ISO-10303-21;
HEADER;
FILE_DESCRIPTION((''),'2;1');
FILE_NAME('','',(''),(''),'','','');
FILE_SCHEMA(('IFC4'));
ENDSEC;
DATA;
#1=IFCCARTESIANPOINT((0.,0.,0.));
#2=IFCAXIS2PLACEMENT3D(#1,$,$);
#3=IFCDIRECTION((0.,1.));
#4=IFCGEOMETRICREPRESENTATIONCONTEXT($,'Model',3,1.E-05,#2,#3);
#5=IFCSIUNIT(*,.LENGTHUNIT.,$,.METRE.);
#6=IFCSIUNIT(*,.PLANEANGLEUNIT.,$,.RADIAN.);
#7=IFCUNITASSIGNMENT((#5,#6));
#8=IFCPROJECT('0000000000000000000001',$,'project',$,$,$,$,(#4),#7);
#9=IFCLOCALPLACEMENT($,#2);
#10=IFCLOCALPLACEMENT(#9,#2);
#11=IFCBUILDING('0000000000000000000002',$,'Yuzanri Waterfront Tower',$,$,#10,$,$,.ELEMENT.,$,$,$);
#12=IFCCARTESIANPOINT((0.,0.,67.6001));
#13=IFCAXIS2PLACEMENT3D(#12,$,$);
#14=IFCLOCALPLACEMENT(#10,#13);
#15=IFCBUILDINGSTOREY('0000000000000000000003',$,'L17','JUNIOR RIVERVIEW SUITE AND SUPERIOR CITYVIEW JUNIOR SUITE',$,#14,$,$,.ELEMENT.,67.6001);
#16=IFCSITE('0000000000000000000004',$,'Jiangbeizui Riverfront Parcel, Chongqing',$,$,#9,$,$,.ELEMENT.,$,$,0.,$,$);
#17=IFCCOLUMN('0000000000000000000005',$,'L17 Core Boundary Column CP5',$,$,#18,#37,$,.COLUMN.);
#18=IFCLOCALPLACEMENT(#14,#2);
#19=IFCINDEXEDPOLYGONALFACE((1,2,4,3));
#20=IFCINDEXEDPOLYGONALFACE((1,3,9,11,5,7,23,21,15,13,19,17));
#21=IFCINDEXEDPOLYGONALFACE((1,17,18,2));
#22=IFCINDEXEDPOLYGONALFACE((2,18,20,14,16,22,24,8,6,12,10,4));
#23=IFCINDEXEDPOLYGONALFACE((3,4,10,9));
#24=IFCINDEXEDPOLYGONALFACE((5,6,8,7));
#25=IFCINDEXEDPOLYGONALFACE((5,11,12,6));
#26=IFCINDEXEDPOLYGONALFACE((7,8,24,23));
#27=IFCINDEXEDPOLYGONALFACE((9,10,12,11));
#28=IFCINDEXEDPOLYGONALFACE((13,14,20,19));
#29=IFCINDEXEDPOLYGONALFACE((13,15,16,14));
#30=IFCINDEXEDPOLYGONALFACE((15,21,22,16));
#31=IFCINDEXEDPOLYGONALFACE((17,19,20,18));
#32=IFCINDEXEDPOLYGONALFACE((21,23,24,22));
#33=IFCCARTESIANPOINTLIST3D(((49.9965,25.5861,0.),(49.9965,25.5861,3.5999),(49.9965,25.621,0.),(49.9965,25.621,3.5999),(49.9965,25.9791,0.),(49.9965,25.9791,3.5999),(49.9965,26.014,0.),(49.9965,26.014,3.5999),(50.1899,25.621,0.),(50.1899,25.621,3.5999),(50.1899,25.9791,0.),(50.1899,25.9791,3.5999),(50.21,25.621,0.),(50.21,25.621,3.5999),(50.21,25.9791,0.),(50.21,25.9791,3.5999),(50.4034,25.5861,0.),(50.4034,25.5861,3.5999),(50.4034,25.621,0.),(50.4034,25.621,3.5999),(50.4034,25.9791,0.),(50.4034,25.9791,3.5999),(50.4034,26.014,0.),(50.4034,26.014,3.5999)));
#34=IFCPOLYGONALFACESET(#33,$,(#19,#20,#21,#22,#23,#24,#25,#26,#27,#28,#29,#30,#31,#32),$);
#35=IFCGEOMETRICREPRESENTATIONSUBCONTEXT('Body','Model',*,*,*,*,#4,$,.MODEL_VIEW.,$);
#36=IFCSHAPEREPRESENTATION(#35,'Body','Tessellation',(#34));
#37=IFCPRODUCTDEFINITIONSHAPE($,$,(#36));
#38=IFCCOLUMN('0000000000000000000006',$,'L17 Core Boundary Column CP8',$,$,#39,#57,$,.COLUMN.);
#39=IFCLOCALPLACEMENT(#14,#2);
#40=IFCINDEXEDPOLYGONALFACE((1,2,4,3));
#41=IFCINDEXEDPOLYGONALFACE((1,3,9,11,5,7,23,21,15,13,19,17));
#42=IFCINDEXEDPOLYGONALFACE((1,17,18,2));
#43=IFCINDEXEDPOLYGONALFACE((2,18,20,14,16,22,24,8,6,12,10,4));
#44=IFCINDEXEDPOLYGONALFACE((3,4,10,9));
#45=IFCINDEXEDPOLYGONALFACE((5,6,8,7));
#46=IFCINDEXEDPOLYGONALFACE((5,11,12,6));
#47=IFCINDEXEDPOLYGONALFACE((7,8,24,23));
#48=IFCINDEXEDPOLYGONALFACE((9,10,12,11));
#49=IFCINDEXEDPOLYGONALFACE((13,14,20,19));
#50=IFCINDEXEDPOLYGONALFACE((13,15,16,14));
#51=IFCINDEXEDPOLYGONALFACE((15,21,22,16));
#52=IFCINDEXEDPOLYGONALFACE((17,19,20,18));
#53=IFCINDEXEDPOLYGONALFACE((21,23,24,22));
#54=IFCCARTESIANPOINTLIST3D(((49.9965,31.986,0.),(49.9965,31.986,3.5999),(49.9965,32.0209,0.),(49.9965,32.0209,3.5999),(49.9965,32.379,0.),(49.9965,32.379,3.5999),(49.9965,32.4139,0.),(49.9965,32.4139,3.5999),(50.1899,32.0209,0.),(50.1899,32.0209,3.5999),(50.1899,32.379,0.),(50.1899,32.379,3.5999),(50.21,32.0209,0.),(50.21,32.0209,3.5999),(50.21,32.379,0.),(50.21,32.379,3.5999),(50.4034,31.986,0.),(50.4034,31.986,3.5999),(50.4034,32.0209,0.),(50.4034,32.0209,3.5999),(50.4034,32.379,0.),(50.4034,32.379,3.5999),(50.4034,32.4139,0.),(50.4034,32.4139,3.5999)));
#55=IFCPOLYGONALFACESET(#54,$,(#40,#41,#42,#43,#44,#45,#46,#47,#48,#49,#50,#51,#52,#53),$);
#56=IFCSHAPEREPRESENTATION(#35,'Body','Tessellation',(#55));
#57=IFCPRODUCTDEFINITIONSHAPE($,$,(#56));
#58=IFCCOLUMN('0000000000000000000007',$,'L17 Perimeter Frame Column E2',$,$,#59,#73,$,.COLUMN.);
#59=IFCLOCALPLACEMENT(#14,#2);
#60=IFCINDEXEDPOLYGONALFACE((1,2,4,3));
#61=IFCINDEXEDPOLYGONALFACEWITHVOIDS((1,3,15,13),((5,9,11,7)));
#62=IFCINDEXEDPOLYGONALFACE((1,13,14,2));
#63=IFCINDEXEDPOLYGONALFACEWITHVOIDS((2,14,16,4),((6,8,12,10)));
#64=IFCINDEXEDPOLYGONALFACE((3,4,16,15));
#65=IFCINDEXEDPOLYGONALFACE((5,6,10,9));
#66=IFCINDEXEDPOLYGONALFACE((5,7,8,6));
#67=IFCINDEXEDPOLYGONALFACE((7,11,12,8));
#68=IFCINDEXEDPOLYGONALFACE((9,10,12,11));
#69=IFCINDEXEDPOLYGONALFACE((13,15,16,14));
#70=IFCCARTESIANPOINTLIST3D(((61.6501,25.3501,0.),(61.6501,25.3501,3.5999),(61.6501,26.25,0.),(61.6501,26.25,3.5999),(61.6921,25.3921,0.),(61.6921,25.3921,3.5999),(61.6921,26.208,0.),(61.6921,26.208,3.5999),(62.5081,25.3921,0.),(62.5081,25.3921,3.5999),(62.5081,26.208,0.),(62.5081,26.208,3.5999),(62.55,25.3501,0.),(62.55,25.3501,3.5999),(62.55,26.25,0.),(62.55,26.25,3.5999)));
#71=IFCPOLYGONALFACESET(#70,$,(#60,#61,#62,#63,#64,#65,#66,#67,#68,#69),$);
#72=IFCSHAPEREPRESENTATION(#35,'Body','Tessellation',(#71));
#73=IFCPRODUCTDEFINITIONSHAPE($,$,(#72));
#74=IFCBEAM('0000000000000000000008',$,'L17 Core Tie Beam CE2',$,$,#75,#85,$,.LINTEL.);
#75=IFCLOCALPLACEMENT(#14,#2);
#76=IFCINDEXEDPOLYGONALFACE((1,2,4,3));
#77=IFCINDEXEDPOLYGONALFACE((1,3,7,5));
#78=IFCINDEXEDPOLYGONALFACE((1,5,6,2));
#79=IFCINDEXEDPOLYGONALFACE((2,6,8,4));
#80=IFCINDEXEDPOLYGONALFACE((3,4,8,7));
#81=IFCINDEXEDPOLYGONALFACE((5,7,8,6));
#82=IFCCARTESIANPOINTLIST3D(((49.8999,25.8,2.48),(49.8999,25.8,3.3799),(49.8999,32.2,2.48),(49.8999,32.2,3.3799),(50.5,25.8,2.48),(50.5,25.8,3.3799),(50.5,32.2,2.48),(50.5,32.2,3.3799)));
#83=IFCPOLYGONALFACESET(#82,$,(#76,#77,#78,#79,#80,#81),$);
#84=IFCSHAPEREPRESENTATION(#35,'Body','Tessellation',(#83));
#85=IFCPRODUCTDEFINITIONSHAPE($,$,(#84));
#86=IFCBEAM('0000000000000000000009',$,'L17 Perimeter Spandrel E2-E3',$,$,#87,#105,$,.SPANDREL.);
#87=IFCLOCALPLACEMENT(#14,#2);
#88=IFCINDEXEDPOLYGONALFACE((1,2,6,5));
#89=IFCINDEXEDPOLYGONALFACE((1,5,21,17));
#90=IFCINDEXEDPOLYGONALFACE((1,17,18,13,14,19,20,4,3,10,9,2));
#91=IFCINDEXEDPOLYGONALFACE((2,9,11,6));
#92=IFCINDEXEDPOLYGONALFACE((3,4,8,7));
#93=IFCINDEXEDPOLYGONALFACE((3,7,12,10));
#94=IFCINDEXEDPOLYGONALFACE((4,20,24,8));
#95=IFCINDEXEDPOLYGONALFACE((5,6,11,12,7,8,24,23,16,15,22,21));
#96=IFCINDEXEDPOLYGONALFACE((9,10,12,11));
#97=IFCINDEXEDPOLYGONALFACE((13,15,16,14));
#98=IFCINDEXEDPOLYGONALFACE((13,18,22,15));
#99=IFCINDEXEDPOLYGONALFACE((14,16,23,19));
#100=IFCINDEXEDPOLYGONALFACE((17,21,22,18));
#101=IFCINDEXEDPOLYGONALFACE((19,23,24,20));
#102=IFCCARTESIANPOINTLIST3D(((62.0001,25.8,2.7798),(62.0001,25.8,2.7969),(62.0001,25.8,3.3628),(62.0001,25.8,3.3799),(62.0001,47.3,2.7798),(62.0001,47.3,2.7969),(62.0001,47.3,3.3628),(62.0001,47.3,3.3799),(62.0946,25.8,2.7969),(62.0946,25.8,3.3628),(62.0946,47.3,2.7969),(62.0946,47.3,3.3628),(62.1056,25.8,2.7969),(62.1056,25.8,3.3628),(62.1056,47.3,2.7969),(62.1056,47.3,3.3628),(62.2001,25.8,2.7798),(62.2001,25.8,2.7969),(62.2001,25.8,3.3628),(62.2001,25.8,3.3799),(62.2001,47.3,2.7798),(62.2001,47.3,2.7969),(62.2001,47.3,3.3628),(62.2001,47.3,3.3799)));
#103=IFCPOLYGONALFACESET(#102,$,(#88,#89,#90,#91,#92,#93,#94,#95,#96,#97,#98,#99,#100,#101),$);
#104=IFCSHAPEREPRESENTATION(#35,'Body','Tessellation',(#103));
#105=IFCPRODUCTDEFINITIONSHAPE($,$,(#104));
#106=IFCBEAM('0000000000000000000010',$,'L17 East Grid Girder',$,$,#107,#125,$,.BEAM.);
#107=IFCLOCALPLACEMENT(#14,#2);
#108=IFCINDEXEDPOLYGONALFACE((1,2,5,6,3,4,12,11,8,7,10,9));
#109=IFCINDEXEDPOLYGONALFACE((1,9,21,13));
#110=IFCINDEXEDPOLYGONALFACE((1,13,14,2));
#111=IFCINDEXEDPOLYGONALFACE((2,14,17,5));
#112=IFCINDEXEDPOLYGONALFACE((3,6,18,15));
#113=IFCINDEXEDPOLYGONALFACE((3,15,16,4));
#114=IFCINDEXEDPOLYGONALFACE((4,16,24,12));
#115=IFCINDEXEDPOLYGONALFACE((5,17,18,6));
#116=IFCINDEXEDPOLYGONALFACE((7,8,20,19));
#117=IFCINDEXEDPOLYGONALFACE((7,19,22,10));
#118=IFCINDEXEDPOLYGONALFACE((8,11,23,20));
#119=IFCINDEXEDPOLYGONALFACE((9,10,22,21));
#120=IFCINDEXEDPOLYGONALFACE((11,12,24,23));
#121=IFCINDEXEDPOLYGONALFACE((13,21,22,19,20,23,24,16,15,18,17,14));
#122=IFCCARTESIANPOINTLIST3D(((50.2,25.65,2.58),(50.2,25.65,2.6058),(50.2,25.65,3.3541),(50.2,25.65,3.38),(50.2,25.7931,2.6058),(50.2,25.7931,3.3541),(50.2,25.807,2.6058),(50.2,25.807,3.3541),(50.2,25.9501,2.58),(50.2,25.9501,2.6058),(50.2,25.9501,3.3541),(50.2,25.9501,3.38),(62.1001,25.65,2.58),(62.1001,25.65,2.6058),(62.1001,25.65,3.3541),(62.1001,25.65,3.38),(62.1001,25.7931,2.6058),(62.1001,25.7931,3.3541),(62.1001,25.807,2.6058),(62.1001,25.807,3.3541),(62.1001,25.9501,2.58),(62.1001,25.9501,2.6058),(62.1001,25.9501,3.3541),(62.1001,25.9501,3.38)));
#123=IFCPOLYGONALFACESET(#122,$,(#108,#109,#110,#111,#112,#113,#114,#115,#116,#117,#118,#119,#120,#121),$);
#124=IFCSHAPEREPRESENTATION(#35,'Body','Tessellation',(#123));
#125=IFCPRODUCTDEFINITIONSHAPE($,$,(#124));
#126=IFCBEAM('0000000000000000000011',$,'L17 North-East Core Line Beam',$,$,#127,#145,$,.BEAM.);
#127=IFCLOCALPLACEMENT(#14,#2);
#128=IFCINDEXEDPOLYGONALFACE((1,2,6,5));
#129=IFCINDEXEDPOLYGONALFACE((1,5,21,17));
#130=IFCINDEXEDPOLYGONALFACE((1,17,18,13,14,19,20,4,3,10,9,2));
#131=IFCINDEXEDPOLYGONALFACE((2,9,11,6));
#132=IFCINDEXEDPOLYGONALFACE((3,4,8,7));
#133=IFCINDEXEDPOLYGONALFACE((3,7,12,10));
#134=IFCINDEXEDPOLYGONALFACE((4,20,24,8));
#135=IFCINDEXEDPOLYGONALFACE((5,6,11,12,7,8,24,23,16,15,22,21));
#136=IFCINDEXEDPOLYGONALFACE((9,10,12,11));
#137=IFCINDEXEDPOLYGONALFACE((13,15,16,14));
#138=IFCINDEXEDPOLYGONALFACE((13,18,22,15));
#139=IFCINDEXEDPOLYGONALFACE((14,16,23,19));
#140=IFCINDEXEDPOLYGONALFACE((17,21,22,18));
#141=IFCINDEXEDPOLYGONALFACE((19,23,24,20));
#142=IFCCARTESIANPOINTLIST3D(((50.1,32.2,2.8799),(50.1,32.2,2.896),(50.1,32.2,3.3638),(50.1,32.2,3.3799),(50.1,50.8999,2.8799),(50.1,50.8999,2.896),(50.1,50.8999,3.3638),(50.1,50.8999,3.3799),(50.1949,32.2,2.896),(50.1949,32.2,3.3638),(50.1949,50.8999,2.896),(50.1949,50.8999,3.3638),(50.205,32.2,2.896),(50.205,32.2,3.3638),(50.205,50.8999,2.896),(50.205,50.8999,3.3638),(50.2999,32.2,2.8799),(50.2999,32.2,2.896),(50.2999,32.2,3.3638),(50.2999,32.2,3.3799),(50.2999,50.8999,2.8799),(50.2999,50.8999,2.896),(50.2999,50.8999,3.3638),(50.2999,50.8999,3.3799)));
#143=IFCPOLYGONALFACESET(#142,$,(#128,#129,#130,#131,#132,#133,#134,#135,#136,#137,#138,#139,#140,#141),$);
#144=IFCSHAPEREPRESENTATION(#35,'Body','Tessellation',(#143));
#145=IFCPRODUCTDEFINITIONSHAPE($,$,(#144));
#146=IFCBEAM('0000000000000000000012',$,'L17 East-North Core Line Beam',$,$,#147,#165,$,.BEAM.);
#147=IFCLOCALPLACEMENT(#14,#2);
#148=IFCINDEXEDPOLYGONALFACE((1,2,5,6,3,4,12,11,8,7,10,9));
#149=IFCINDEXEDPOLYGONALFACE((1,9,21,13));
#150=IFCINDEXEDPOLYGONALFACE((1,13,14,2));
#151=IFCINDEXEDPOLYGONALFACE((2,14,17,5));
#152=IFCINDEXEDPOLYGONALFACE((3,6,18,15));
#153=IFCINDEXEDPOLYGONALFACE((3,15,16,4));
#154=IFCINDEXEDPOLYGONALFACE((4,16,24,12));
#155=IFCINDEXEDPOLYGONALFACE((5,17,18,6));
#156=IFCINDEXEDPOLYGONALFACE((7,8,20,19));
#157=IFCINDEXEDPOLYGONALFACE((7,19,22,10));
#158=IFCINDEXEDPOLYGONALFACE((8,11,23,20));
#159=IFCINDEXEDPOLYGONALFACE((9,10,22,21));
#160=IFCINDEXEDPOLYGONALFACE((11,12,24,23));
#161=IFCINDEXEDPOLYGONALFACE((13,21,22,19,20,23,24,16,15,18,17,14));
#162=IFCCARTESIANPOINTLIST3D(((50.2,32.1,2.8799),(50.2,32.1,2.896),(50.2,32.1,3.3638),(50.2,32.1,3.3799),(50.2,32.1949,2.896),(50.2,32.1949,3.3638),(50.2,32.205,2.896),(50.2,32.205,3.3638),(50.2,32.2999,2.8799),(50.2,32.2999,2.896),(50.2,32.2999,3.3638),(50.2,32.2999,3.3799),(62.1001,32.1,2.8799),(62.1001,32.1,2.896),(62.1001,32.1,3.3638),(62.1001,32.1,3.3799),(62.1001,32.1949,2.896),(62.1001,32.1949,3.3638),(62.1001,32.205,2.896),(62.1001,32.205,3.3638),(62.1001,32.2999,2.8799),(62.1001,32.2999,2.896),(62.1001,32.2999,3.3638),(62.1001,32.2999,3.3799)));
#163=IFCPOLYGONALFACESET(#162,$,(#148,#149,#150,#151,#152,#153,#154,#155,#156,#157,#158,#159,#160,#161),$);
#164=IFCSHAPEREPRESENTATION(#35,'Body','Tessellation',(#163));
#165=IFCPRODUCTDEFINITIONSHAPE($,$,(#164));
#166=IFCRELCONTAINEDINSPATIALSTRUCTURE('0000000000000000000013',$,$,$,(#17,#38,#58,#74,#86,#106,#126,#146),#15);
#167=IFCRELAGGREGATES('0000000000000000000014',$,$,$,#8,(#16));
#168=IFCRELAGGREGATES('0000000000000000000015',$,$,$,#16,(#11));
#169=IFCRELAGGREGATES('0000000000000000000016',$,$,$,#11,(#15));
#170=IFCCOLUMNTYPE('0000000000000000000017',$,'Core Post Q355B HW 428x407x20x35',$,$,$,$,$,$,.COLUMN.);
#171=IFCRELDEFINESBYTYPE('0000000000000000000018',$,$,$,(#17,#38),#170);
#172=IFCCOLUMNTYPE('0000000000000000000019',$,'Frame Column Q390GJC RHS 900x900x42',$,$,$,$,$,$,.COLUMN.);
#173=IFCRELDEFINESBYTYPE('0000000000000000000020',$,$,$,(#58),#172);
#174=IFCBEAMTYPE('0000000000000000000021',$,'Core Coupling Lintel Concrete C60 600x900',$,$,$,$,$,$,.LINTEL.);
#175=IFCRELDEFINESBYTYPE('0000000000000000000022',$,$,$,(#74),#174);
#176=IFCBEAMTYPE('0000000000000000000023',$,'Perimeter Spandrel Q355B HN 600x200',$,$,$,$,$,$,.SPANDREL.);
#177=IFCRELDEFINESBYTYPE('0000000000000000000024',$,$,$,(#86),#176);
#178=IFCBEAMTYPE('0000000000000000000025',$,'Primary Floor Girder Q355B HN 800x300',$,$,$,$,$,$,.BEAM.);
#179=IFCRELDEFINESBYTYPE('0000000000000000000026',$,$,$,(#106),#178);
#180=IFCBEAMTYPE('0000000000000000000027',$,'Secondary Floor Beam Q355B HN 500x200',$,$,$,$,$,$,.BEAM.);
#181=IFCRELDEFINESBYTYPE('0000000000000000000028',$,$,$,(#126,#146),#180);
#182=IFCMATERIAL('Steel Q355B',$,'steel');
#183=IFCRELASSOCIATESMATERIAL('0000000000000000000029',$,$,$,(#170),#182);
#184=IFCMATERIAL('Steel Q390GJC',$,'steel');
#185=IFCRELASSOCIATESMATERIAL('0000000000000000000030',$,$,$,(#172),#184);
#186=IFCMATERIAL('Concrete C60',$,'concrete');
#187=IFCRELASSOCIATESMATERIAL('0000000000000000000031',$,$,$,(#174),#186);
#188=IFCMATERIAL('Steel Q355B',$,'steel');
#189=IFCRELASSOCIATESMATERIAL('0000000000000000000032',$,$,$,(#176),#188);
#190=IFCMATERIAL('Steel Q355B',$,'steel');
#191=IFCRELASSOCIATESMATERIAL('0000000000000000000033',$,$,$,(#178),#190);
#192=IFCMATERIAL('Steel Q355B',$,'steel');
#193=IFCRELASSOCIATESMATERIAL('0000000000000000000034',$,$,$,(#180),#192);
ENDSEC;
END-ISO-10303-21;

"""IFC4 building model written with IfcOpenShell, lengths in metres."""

from ifc_helpers import new_model, si_unit, direction, frame, origin, origin_2d, place, context, subcontext, project, spatial, rectangle, hollow_rectangle, i_section, extrude, source, transform, mapped, material, material_profile, profile_set, type_object, element, save


model = new_model("IFC4")

# Units and contexts
model_context = context("Model", 3, precision=1e-05, world=origin(), true_north=direction((0.0, 1.0)))
body_context = subcontext(model_context, "Body", "Model", "MODEL_VIEW")
ifc_project = project(units=[si_unit("LENGTHUNIT", "METRE"), si_unit("PLANEANGLEUNIT", "RADIAN")], contexts=[model_context])

# Site, building, storey
site_placement = place(None, origin())
site = spatial("IfcSite", under=ifc_project, at=site_placement, Name="Jiangbeizui Riverfront Parcel, Chongqing", CompositionType="ELEMENT", RefElevation=0.0)
building_placement = place(site_placement, origin())
building = spatial("IfcBuilding", under=site, at=building_placement, Name="Yuzanri Waterfront Tower", CompositionType="ELEMENT")
storey_placement = place(building_placement, frame((0.0, 0.0, 67.6001)))
storey = spatial("IfcBuildingStorey", under=building, at=storey_placement, Name="L17", Description="JUNIOR RIVERVIEW SUITE AND SUPERIOR CITYVIEW JUNIOR SUITE", CompositionType="ELEMENT", Elevation=67.6001)

# Columns
ifc_material_1 = material(Name="Steel Q355B", Category="steel")
ifc_material_profile_1 = material_profile(ifc_material_1, i_section(OverallWidth=0.407, OverallDepth=0.428, WebThickness=0.02, FlangeThickness=0.0349, at=origin_2d()), Name="HW 428x407x20x35")
ifc_profile_set_1 = profile_set([ifc_material_profile_1], Name="Steel Q355B")
column_type_1 = type_object("IfcColumnType", Name="Core Post Q355B HW 428x407x20x35", PredefinedType="COLUMN", material=ifc_profile_set_1)
shared_shape_1 = source(origin(), body_context, "Body", "SweptSolid", [
    extrude(i_section(OverallWidth=0.407, OverallDepth=0.428, WebThickness=0.02, FlangeThickness=0.0349, at=origin_2d()), origin(), (0.0, 0.0, 1.0), 3.5999),
])
for number, where, z_axis, x_axis, name in (
    (1, (50.2, 25.8, 0.0), (0.0, 0.0, 1.0), (1.0, 0.0, 0.0), "L17 Core Boundary Column CP5"),
    (2, (50.2, 32.2, 0.0), (0.0, 0.0, 1.0), (1.0, 0.0, 0.0), "L17 Core Boundary Column CP8"),
):
    element("IfcColumn", number, at=place(storey_placement, frame(where, z_axis=z_axis, x_axis=x_axis)), inside=storey, type_object=column_type_1, Name=name, PredefinedType="COLUMN", context=body_context, shape_type="MappedRepresentation", body=[
        mapped(shared_shape_1, transform((0.0, 0.0, 0.0), scale=1.0)),
    ])
ifc_material_2 = material(Name="Steel Q390GJC", Category="steel")
ifc_material_profile_2 = material_profile(ifc_material_2, hollow_rectangle(XDim=0.8999, YDim=0.8999, WallThickness=0.042, at=origin_2d()), Name="RHS 900x900x42")
ifc_profile_set_2 = profile_set([ifc_material_profile_2], Name="Steel Q390GJC")
column_type_2 = type_object("IfcColumnType", Name="Frame Column Q390GJC RHS 900x900x42", PredefinedType="COLUMN", material=ifc_profile_set_2)
shared_shape_2 = source(origin(), body_context, "Body", "SweptSolid", [
    extrude(hollow_rectangle(XDim=0.8999, YDim=0.8999, WallThickness=0.042, at=origin_2d()), origin(), (0.0, 0.0, 1.0), 3.5999),
])
column_placement = place(storey_placement, frame((62.1001, 25.8, 0.0), z_axis=(0.0, 0.0, 1.0), x_axis=(1.0, 0.0, 0.0)))
element("IfcColumn", 3, at=column_placement, inside=storey, type_object=column_type_2, Name="L17 Perimeter Frame Column E2", PredefinedType="COLUMN", context=body_context, shape_type="MappedRepresentation", body=[
    mapped(shared_shape_2, transform((0.0, 0.0, 0.0), scale=1.0)),
])

# Beams
ifc_material_3 = material(Name="Concrete C60", Category="concrete")
ifc_material_profile_3 = material_profile(ifc_material_3, rectangle(XDim=0.6001, YDim=0.8999, at=origin_2d()), Name="RC 600x900")
ifc_profile_set_3 = profile_set([ifc_material_profile_3], Name="Concrete C60")
beam_type_1 = type_object("IfcBeamType", Name="Core Coupling Lintel Concrete C60 600x900", PredefinedType="LINTEL", material=ifc_profile_set_3)
shared_shape_3 = source(origin(), body_context, "Body", "SweptSolid", [
    extrude(rectangle(XDim=0.6001, YDim=0.8999, at=origin_2d()), origin(), (0.0, 0.0, 1.0), 6.3999),
])
beam_1_placement = place(storey_placement, frame((50.2, 25.8, 2.9299), z_axis=(0.0, 1.0, 0.0), x_axis=(-1.0, 0.0, 0.0)))
element("IfcBeam", 4, at=beam_1_placement, inside=storey, type_object=beam_type_1, Name="L17 Core Tie Beam CE2", PredefinedType="LINTEL", context=body_context, shape_type="MappedRepresentation", body=[
    mapped(shared_shape_3, transform((0.0, 0.0, 0.0), scale=1.0)),
])
ifc_material_4 = material(Name="Steel Q355B", Category="steel")
ifc_material_profile_4 = material_profile(ifc_material_4, i_section(OverallWidth=0.2, OverallDepth=0.6001, WebThickness=0.011, FlangeThickness=0.0171, at=origin_2d()), Name="HN 600x200x11x17")
ifc_profile_set_4 = profile_set([ifc_material_profile_4], Name="Steel Q355B")
beam_type_2 = type_object("IfcBeamType", Name="Perimeter Spandrel Q355B HN 600x200", PredefinedType="SPANDREL", material=ifc_profile_set_4)
shared_shape_4 = source(origin(), body_context, "Body", "SweptSolid", [
    extrude(i_section(OverallWidth=0.2, OverallDepth=0.6001, WebThickness=0.011, FlangeThickness=0.0171, at=origin_2d()), origin(), (0.0, 0.0, 1.0), 21.5),
])
beam_2_placement = place(storey_placement, frame((62.1001, 25.8, 3.0798), z_axis=(0.0, 1.0, 0.0), x_axis=(-1.0, 0.0, 0.0)))
element("IfcBeam", 5, at=beam_2_placement, inside=storey, type_object=beam_type_2, Name="L17 Perimeter Spandrel E2-E3", PredefinedType="SPANDREL", context=body_context, shape_type="MappedRepresentation", body=[
    mapped(shared_shape_4, transform((0.0, 0.0, 0.0), scale=1.0)),
])
ifc_material_5 = material(Name="Steel Q355B", Category="steel")
ifc_material_profile_5 = material_profile(ifc_material_5, i_section(OverallWidth=0.3, OverallDepth=0.8, WebThickness=0.0139, FlangeThickness=0.0259, at=origin_2d()), Name="HN 800x300x14x26")
ifc_profile_set_5 = profile_set([ifc_material_profile_5], Name="Steel Q355B")
beam_type_3 = type_object("IfcBeamType", Name="Primary Floor Girder Q355B HN 800x300", PredefinedType="BEAM", material=ifc_profile_set_5)
shared_shape_5 = source(origin(), body_context, "Body", "SweptSolid", [
    extrude(i_section(OverallWidth=0.3, OverallDepth=0.8, WebThickness=0.0139, FlangeThickness=0.0259, at=origin_2d()), origin(), (0.0, 0.0, 1.0), 11.9001),
])
beam_3_placement = place(storey_placement, frame((50.2, 25.8, 2.98), z_axis=(1.0, 0.0, 0.0), x_axis=(0.0, 1.0, 0.0)))
element("IfcBeam", 6, at=beam_3_placement, inside=storey, type_object=beam_type_3, Name="L17 East Grid Girder", PredefinedType="BEAM", context=body_context, shape_type="MappedRepresentation", body=[
    mapped(shared_shape_5, transform((0.0, 0.0, 0.0), scale=1.0)),
])
ifc_material_6 = material(Name="Steel Q355B", Category="steel")
ifc_material_profile_6 = material_profile(ifc_material_6, i_section(OverallWidth=0.2, OverallDepth=0.5, WebThickness=0.01, FlangeThickness=0.0161, at=origin_2d()), Name="HN 500x200x10x16")
ifc_profile_set_6 = profile_set([ifc_material_profile_6], Name="Steel Q355B")
beam_type_4 = type_object("IfcBeamType", Name="Secondary Floor Beam Q355B HN 500x200", PredefinedType="BEAM", material=ifc_profile_set_6)
shared_shape_6 = source(origin(), body_context, "Body", "SweptSolid", [
    extrude(i_section(OverallWidth=0.2, OverallDepth=0.5, WebThickness=0.01, FlangeThickness=0.0161, at=origin_2d()), origin(), (0.0, 0.0, 1.0), 18.7),
])
beam_4_placement = place(storey_placement, frame((50.2, 32.2, 3.1299), z_axis=(0.0, 1.0, 0.0), x_axis=(-1.0, 0.0, 0.0)))
element("IfcBeam", 7, at=beam_4_placement, inside=storey, type_object=beam_type_4, Name="L17 North-East Core Line Beam", PredefinedType="BEAM", context=body_context, shape_type="MappedRepresentation", body=[
    mapped(shared_shape_6, transform((0.0, 0.0, 0.0), scale=1.0)),
])
shared_shape_7 = source(origin(), body_context, "Body", "SweptSolid", [
    extrude(i_section(OverallWidth=0.2, OverallDepth=0.5, WebThickness=0.01, FlangeThickness=0.0161, at=origin_2d()), origin(), (0.0, 0.0, 1.0), 11.9001),
])
beam_5_placement = place(storey_placement, frame((50.2, 32.2, 3.1299), z_axis=(1.0, 0.0, 0.0), x_axis=(0.0, 1.0, 0.0)))
element("IfcBeam", 8, at=beam_5_placement, inside=storey, type_object=beam_type_4, Name="L17 East-North Core Line Beam", PredefinedType="BEAM", context=body_context, shape_type="MappedRepresentation", body=[
    mapped(shared_shape_7, transform((0.0, 0.0, 0.0), scale=1.0)),
])

save(model, "model.ifc")
